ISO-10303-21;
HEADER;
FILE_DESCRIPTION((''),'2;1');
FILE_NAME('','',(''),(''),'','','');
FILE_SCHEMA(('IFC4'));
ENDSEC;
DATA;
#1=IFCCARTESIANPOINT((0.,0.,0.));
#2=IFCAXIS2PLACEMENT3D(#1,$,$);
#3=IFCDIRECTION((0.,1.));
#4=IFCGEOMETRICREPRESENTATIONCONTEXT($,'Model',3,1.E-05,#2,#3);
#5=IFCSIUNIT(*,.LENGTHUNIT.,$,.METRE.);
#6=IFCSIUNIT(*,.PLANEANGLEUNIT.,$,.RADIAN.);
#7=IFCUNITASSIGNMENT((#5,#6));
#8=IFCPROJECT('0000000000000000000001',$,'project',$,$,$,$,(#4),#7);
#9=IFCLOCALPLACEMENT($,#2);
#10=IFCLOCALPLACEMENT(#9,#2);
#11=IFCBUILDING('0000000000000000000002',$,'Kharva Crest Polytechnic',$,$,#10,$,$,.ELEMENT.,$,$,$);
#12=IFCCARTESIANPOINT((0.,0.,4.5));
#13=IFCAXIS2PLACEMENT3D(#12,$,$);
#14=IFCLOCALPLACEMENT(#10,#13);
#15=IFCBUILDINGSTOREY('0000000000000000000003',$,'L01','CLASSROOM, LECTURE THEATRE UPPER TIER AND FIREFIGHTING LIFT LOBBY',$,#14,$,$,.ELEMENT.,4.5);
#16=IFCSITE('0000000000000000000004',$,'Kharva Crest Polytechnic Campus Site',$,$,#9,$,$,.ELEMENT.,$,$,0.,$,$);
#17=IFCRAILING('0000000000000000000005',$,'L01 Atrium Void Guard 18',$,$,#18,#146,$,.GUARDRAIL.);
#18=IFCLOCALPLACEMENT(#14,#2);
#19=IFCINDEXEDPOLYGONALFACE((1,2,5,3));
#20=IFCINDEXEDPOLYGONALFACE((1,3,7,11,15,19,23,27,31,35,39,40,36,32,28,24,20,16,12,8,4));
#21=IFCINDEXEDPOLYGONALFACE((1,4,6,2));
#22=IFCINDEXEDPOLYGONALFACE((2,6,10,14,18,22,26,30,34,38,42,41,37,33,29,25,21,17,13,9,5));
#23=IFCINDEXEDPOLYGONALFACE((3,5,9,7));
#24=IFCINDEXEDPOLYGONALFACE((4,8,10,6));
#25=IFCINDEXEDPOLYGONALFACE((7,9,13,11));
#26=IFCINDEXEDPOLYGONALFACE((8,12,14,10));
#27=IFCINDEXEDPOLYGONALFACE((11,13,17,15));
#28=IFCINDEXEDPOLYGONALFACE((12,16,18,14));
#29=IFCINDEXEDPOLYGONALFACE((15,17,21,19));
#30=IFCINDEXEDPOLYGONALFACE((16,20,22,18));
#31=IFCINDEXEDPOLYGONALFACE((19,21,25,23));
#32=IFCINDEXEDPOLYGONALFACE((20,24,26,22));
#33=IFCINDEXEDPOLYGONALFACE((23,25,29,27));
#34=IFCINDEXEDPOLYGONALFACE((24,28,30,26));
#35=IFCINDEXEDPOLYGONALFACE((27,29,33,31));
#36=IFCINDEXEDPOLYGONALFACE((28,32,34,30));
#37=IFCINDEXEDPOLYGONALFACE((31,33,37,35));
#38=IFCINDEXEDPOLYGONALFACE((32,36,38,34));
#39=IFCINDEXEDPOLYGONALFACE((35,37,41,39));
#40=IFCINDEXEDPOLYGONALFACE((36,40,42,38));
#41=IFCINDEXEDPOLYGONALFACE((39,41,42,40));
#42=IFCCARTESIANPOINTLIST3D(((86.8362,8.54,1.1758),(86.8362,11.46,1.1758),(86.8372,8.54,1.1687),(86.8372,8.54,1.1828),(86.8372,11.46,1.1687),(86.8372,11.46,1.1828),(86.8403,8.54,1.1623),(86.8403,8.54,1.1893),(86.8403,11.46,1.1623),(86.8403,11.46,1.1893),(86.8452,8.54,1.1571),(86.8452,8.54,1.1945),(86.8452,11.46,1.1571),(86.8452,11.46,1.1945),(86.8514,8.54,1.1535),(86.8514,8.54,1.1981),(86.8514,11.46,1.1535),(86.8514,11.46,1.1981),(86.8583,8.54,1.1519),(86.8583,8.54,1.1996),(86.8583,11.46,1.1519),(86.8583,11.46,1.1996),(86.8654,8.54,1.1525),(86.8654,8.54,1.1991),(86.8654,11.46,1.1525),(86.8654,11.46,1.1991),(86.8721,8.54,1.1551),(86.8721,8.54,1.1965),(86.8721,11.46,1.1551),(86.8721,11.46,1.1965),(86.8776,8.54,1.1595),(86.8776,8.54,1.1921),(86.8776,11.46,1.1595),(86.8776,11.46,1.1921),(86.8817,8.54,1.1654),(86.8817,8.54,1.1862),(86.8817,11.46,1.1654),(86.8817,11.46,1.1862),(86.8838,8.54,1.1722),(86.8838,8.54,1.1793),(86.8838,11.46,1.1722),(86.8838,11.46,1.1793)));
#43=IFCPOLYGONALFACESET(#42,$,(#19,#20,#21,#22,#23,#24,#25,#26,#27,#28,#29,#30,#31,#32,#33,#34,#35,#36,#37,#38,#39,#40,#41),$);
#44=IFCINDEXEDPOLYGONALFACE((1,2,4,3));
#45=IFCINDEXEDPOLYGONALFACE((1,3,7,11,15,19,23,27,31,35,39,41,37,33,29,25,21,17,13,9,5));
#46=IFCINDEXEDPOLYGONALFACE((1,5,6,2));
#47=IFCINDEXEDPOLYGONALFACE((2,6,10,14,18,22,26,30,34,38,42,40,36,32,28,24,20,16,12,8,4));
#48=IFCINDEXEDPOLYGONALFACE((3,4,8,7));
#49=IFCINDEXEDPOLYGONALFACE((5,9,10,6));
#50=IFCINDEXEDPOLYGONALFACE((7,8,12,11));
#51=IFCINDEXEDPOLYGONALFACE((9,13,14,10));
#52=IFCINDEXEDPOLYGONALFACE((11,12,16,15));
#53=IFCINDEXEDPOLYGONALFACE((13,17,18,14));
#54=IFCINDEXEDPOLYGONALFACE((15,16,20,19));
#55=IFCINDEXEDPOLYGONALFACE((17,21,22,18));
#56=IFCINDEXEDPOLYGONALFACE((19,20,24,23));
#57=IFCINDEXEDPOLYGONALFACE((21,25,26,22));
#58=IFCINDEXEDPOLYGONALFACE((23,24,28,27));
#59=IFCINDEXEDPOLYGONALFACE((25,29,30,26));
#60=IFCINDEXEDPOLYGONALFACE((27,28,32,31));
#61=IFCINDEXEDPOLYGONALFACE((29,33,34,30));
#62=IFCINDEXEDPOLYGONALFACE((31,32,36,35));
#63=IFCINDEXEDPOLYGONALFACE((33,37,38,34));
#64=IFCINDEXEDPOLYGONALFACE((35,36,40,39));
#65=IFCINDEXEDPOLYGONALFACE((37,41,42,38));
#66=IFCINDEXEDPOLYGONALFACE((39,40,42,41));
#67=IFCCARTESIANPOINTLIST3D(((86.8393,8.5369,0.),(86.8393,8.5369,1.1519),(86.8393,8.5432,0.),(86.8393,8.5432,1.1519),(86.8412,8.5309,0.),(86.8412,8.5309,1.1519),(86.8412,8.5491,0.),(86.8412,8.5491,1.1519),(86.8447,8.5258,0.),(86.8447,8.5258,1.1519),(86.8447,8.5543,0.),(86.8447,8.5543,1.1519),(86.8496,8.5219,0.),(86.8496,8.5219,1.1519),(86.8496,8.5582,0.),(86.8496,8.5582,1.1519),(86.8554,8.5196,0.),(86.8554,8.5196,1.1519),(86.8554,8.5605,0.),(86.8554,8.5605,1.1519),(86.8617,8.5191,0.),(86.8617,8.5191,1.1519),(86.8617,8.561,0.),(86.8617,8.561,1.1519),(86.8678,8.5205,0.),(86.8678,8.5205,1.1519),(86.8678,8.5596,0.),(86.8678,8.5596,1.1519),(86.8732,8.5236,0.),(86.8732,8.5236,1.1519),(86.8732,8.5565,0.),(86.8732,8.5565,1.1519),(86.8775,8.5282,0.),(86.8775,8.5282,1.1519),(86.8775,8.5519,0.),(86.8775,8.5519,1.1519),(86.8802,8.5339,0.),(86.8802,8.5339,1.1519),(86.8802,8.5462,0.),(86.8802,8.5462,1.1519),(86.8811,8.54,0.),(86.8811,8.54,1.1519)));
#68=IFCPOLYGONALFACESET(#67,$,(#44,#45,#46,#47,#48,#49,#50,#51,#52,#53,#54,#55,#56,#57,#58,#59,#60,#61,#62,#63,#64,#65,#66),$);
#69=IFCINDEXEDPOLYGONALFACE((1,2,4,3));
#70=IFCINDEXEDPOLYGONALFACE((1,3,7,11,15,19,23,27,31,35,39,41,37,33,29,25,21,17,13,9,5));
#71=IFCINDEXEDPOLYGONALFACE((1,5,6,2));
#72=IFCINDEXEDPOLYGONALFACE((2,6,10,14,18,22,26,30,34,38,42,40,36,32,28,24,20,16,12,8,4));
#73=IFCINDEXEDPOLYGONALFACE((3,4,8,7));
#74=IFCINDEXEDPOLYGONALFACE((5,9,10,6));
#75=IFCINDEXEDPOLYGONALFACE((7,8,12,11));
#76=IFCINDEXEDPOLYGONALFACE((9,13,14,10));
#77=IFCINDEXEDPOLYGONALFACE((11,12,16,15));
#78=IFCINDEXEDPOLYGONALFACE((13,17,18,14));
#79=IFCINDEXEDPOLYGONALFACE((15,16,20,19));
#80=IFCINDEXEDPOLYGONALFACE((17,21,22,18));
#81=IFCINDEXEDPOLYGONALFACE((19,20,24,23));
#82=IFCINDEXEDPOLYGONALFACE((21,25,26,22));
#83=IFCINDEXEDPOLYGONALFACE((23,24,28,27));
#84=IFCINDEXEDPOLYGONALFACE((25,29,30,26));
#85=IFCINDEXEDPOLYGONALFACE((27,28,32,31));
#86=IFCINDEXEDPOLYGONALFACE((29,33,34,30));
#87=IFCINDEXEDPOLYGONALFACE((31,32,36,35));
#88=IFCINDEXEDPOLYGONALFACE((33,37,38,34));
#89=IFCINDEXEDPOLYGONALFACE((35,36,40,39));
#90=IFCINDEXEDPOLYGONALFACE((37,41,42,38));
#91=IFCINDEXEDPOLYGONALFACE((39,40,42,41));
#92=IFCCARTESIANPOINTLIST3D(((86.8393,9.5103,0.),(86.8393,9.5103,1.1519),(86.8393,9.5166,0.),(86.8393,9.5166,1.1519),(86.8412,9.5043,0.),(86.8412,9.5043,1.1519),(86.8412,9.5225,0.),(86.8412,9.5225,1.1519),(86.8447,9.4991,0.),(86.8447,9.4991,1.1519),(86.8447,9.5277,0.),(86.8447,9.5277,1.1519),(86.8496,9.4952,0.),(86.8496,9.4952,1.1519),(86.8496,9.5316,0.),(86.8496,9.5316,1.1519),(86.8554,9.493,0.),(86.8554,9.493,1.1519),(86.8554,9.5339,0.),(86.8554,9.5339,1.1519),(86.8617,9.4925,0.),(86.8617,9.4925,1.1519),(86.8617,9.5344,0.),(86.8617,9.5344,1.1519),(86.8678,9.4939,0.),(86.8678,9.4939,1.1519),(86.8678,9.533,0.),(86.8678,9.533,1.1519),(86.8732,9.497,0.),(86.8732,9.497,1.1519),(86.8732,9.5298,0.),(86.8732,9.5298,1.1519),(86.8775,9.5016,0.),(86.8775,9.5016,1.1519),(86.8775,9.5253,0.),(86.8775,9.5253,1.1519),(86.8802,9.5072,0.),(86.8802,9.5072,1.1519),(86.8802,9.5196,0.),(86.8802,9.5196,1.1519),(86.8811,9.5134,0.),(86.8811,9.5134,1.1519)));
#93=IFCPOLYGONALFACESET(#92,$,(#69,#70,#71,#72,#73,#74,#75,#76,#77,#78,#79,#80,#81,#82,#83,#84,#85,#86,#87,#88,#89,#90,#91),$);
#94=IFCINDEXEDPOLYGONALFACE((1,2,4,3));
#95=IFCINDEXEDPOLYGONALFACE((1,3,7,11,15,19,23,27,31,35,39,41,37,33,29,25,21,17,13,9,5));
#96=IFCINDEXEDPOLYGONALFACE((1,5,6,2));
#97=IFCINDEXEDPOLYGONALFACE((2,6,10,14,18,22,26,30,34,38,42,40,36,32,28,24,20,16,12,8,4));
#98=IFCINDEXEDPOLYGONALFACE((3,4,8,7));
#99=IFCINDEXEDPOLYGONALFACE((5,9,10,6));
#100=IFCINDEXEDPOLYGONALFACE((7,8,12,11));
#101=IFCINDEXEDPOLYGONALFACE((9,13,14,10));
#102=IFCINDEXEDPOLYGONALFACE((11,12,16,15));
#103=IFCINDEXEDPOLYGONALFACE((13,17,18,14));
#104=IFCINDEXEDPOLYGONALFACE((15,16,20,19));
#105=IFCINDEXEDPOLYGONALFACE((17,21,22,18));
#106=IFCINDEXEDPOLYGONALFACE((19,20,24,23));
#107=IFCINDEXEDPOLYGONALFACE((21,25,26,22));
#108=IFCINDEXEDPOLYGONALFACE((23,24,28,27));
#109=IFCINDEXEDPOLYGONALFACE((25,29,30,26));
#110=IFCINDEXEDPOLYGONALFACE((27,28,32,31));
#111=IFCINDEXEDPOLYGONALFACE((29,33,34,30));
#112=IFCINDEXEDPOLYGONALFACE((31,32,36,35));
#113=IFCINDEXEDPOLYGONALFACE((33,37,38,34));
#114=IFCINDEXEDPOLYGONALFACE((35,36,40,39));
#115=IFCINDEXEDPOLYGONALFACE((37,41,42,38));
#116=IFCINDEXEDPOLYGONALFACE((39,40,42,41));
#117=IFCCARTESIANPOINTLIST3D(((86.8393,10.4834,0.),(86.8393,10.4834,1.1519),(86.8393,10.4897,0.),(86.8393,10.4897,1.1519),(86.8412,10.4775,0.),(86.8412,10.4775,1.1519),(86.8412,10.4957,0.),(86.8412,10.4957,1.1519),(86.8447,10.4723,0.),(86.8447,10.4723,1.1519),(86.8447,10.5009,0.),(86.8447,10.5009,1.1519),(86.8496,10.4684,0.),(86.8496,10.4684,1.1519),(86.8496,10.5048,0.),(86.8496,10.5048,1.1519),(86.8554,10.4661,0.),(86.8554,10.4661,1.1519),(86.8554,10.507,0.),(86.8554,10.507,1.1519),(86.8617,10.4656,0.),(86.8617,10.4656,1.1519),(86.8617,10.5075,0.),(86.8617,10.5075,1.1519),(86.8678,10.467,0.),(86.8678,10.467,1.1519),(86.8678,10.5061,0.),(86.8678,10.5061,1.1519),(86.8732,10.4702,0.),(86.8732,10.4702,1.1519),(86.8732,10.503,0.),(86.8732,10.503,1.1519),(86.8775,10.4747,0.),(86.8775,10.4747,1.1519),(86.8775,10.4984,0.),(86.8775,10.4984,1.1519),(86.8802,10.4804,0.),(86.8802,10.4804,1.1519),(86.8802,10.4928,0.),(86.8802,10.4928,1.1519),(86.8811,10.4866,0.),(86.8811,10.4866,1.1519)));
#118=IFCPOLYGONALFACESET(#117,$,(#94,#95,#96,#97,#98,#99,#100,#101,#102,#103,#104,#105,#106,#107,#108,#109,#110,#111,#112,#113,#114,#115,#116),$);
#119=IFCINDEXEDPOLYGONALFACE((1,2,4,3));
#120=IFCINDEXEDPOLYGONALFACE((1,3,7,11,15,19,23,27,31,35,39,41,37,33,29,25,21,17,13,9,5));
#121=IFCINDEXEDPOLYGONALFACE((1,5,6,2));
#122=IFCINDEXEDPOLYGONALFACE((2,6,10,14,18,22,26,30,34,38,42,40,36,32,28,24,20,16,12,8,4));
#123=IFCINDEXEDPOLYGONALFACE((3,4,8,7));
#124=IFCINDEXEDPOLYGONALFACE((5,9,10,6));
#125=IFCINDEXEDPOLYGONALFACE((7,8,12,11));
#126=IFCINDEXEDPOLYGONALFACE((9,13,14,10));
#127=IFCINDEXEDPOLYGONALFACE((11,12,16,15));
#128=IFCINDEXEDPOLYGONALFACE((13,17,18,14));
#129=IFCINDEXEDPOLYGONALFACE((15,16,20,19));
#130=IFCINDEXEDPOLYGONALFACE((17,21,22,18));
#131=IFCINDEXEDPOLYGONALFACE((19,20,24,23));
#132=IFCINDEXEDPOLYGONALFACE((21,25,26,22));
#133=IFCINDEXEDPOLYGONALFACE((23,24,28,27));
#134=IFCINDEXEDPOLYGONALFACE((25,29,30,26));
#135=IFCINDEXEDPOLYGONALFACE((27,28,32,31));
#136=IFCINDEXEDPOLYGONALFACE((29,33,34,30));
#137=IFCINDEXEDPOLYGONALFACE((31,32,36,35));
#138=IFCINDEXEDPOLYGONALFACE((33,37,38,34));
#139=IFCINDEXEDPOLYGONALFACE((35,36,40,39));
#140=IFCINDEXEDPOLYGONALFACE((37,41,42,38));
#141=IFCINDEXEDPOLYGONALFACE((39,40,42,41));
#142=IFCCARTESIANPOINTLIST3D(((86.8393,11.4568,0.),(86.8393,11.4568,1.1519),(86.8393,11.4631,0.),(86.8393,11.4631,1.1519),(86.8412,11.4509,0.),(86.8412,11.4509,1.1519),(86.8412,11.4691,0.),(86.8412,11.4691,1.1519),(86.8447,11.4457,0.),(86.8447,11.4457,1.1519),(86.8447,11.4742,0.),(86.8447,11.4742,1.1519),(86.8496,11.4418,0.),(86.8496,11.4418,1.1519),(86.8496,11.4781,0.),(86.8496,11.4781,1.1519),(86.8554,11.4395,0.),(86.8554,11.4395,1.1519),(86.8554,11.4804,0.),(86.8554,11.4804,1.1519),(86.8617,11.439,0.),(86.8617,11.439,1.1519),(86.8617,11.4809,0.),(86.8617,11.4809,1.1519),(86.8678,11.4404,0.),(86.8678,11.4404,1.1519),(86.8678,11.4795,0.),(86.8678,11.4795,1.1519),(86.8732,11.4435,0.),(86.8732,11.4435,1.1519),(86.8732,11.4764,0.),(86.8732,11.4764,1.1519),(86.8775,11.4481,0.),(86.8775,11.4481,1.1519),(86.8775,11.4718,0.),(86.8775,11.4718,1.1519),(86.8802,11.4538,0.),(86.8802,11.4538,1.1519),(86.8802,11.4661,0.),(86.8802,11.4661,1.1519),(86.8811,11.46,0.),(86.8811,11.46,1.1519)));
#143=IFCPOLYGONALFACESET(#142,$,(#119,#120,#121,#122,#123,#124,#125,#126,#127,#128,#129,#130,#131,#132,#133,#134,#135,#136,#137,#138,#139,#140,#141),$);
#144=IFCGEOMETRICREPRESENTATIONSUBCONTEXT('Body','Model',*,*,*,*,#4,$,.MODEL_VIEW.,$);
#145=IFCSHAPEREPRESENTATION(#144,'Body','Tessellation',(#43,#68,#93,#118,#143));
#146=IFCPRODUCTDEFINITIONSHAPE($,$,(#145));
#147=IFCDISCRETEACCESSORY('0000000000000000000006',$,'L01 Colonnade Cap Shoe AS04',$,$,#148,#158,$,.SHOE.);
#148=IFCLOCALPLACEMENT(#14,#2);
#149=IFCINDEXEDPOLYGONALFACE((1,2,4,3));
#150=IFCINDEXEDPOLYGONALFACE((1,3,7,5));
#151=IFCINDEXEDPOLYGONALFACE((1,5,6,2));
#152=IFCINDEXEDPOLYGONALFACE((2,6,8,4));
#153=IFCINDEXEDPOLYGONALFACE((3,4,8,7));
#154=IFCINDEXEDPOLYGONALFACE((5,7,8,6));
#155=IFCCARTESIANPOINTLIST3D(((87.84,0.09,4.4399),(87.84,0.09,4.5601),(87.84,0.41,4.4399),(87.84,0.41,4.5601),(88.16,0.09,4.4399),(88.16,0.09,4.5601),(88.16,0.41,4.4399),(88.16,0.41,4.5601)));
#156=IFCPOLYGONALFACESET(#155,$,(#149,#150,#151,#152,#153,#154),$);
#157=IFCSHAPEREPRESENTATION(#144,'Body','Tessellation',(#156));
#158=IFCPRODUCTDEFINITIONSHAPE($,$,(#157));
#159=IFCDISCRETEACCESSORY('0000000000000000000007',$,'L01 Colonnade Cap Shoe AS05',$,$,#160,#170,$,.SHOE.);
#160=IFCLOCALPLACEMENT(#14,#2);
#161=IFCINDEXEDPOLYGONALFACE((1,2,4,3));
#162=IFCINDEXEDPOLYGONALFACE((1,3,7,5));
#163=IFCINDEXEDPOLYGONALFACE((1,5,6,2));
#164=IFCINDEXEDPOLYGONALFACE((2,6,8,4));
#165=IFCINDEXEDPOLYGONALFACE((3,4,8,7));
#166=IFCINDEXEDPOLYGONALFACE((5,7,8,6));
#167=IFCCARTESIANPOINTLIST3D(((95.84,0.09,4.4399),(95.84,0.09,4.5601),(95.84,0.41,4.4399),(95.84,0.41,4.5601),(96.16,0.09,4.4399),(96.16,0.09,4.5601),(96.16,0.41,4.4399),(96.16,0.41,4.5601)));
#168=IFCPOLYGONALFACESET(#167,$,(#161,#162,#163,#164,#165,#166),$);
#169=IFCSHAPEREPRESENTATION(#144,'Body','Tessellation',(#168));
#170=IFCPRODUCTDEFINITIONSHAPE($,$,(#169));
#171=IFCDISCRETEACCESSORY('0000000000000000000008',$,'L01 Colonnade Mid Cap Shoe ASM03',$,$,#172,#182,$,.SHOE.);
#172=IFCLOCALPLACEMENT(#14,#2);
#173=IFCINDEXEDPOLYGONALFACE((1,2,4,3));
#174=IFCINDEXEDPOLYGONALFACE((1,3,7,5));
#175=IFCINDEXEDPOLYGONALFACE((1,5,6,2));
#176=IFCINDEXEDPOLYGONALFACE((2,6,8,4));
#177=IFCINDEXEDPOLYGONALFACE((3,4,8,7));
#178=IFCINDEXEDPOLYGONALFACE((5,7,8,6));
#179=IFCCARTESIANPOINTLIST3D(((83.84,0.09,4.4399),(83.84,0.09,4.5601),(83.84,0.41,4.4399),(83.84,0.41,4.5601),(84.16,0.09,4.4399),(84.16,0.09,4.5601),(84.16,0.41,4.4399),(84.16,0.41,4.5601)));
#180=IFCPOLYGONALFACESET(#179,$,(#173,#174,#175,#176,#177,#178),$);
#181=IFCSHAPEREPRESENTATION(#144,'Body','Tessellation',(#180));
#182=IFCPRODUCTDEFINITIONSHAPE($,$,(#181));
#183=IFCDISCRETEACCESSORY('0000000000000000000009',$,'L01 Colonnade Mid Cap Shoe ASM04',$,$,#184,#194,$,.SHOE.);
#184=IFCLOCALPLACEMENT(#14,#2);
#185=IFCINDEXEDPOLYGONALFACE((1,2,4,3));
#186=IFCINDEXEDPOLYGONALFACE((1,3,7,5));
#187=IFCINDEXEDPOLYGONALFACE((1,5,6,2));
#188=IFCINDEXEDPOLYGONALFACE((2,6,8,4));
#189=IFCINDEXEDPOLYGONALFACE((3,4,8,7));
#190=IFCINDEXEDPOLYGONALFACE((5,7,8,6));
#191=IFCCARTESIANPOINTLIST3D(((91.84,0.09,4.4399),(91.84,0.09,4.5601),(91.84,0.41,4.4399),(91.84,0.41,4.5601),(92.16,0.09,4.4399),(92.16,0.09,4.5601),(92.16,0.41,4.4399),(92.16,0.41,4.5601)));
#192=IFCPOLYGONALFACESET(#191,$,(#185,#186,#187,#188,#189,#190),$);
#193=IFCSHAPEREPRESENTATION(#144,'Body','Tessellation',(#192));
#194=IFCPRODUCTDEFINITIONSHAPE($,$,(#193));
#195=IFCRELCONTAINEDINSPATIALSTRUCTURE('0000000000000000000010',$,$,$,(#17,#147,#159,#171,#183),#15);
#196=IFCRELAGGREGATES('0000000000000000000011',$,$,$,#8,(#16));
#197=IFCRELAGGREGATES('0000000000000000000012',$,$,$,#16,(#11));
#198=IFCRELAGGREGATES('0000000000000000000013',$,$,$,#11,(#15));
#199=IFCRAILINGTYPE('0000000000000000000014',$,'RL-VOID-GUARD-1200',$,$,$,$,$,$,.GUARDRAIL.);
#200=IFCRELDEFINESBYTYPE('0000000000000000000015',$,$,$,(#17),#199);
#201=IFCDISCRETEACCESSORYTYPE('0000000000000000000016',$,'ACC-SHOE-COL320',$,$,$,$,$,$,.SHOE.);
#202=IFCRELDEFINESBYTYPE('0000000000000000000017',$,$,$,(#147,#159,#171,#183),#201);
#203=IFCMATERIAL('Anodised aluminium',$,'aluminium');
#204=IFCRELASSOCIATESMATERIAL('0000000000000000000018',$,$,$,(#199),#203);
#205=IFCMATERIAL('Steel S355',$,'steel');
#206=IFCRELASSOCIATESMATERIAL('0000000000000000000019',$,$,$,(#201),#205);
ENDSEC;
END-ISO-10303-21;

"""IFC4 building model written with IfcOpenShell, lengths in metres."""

from ifc_helpers import new_model, si_unit, direction, frame, origin, origin_2d, place, context, subcontext, project, spatial, rectangle, circle, extrude, material, type_object, element, save


model = new_model("IFC4")

# Units and contexts
model_context = context("Model", 3, precision=1e-05, world=origin(), true_north=direction((0.0, 1.0)))
body_context = subcontext(model_context, "Body", "Model", "MODEL_VIEW")
ifc_project = project(units=[si_unit("LENGTHUNIT", "METRE"), si_unit("PLANEANGLEUNIT", "RADIAN")], contexts=[model_context])

# Site, building, storey
site_placement = place(None, origin())
site = spatial("IfcSite", under=ifc_project, at=site_placement, Name="Kharva Crest Polytechnic Campus Site", CompositionType="ELEMENT", RefElevation=0.0)
building_placement = place(site_placement, origin())
building = spatial("IfcBuilding", under=site, at=building_placement, Name="Kharva Crest Polytechnic", CompositionType="ELEMENT")
storey_placement = place(building_placement, frame((0.0, 0.0, 4.5)))
storey = spatial("IfcBuildingStorey", under=building, at=storey_placement, Name="L01", Description="CLASSROOM, LECTURE THEATRE UPPER TIER AND FIREFIGHTING LIFT LOBBY", CompositionType="ELEMENT", Elevation=4.5)

# Shared definitions
ifc_material_1 = material(Name="Steel S355", Category="steel")

# Shared definitions
ifc_material_2 = material(Name="Anodised aluminium", Category="aluminium")

# Railing
railing_type_1 = type_object("IfcRailingType", Name="RL-VOID-GUARD-1200", PredefinedType="GUARDRAIL", material=ifc_material_2)
railing_1_placement = place(storey_placement, frame((86.8601, 8.54, 0.0)))
element("IfcRailing", 1, at=railing_1_placement, inside=storey, type_object=railing_type_1, Name="L01 Atrium Void Guard 18", PredefinedType="GUARDRAIL", context=body_context, shape_type="SweptSolid", body=[
    extrude(circle(Radius=0.0239, at=origin_2d()), frame((0.0, 0.0, 1.1758), z_axis=(0.0, 1.0, 0.0), x_axis=(-1.0, 0.0, 0.0)), (0.0, 0.0, 1.0), 2.9199),
    extrude(circle(Radius=0.021, at=origin_2d()), origin(), (0.0, 0.0, 1.0), 1.1519),
    extrude(circle(Radius=0.021, at=origin_2d()), frame((0.0, 0.9734, 0.0)), (0.0, 0.0, 1.0), 1.1519),
    extrude(circle(Radius=0.021, at=origin_2d()), frame((0.0, 1.9465, 0.0)), (0.0, 0.0, 1.0), 1.1519),
    extrude(circle(Radius=0.021, at=origin_2d()), frame((0.0, 2.9199, 0.0)), (0.0, 0.0, 1.0), 1.1519),
])

# Discrete accessories
discrete_accessory_type = type_object("IfcDiscreteAccessoryType", Name="ACC-SHOE-COL320", PredefinedType="SHOE", material=ifc_material_1)
for number, where, z_axis, x_axis, name in (
    (2, (88.0, 0.25, 4.4399), (0.0, 0.0, 1.0), (1.0, 0.0, 0.0), "L01 Colonnade Cap Shoe AS04"),
    (3, (96.0, 0.25, 4.4399), (0.0, 0.0, 1.0), (1.0, 0.0, 0.0), "L01 Colonnade Cap Shoe AS05"),
    (4, (84.0, 0.25, 4.4399), (0.0, 0.0, 1.0), (1.0, 0.0, 0.0), "L01 Colonnade Mid Cap Shoe ASM03"),
    (5, (92.0, 0.25, 4.4399), (0.0, 0.0, 1.0), (1.0, 0.0, 0.0), "L01 Colonnade Mid Cap Shoe ASM04"),
):
    element("IfcDiscreteAccessory", number, at=place(storey_placement, frame(where, z_axis=z_axis, x_axis=x_axis)), inside=storey, type_object=discrete_accessory_type, Name=name, PredefinedType="SHOE", context=body_context, shape_type="SweptSolid", body=[
        extrude(rectangle(XDim=0.3201, YDim=0.3201, at=origin_2d()), origin(), (0.0, 0.0, 1.0), 0.1201),
    ])

save(model, "model.ifc")
